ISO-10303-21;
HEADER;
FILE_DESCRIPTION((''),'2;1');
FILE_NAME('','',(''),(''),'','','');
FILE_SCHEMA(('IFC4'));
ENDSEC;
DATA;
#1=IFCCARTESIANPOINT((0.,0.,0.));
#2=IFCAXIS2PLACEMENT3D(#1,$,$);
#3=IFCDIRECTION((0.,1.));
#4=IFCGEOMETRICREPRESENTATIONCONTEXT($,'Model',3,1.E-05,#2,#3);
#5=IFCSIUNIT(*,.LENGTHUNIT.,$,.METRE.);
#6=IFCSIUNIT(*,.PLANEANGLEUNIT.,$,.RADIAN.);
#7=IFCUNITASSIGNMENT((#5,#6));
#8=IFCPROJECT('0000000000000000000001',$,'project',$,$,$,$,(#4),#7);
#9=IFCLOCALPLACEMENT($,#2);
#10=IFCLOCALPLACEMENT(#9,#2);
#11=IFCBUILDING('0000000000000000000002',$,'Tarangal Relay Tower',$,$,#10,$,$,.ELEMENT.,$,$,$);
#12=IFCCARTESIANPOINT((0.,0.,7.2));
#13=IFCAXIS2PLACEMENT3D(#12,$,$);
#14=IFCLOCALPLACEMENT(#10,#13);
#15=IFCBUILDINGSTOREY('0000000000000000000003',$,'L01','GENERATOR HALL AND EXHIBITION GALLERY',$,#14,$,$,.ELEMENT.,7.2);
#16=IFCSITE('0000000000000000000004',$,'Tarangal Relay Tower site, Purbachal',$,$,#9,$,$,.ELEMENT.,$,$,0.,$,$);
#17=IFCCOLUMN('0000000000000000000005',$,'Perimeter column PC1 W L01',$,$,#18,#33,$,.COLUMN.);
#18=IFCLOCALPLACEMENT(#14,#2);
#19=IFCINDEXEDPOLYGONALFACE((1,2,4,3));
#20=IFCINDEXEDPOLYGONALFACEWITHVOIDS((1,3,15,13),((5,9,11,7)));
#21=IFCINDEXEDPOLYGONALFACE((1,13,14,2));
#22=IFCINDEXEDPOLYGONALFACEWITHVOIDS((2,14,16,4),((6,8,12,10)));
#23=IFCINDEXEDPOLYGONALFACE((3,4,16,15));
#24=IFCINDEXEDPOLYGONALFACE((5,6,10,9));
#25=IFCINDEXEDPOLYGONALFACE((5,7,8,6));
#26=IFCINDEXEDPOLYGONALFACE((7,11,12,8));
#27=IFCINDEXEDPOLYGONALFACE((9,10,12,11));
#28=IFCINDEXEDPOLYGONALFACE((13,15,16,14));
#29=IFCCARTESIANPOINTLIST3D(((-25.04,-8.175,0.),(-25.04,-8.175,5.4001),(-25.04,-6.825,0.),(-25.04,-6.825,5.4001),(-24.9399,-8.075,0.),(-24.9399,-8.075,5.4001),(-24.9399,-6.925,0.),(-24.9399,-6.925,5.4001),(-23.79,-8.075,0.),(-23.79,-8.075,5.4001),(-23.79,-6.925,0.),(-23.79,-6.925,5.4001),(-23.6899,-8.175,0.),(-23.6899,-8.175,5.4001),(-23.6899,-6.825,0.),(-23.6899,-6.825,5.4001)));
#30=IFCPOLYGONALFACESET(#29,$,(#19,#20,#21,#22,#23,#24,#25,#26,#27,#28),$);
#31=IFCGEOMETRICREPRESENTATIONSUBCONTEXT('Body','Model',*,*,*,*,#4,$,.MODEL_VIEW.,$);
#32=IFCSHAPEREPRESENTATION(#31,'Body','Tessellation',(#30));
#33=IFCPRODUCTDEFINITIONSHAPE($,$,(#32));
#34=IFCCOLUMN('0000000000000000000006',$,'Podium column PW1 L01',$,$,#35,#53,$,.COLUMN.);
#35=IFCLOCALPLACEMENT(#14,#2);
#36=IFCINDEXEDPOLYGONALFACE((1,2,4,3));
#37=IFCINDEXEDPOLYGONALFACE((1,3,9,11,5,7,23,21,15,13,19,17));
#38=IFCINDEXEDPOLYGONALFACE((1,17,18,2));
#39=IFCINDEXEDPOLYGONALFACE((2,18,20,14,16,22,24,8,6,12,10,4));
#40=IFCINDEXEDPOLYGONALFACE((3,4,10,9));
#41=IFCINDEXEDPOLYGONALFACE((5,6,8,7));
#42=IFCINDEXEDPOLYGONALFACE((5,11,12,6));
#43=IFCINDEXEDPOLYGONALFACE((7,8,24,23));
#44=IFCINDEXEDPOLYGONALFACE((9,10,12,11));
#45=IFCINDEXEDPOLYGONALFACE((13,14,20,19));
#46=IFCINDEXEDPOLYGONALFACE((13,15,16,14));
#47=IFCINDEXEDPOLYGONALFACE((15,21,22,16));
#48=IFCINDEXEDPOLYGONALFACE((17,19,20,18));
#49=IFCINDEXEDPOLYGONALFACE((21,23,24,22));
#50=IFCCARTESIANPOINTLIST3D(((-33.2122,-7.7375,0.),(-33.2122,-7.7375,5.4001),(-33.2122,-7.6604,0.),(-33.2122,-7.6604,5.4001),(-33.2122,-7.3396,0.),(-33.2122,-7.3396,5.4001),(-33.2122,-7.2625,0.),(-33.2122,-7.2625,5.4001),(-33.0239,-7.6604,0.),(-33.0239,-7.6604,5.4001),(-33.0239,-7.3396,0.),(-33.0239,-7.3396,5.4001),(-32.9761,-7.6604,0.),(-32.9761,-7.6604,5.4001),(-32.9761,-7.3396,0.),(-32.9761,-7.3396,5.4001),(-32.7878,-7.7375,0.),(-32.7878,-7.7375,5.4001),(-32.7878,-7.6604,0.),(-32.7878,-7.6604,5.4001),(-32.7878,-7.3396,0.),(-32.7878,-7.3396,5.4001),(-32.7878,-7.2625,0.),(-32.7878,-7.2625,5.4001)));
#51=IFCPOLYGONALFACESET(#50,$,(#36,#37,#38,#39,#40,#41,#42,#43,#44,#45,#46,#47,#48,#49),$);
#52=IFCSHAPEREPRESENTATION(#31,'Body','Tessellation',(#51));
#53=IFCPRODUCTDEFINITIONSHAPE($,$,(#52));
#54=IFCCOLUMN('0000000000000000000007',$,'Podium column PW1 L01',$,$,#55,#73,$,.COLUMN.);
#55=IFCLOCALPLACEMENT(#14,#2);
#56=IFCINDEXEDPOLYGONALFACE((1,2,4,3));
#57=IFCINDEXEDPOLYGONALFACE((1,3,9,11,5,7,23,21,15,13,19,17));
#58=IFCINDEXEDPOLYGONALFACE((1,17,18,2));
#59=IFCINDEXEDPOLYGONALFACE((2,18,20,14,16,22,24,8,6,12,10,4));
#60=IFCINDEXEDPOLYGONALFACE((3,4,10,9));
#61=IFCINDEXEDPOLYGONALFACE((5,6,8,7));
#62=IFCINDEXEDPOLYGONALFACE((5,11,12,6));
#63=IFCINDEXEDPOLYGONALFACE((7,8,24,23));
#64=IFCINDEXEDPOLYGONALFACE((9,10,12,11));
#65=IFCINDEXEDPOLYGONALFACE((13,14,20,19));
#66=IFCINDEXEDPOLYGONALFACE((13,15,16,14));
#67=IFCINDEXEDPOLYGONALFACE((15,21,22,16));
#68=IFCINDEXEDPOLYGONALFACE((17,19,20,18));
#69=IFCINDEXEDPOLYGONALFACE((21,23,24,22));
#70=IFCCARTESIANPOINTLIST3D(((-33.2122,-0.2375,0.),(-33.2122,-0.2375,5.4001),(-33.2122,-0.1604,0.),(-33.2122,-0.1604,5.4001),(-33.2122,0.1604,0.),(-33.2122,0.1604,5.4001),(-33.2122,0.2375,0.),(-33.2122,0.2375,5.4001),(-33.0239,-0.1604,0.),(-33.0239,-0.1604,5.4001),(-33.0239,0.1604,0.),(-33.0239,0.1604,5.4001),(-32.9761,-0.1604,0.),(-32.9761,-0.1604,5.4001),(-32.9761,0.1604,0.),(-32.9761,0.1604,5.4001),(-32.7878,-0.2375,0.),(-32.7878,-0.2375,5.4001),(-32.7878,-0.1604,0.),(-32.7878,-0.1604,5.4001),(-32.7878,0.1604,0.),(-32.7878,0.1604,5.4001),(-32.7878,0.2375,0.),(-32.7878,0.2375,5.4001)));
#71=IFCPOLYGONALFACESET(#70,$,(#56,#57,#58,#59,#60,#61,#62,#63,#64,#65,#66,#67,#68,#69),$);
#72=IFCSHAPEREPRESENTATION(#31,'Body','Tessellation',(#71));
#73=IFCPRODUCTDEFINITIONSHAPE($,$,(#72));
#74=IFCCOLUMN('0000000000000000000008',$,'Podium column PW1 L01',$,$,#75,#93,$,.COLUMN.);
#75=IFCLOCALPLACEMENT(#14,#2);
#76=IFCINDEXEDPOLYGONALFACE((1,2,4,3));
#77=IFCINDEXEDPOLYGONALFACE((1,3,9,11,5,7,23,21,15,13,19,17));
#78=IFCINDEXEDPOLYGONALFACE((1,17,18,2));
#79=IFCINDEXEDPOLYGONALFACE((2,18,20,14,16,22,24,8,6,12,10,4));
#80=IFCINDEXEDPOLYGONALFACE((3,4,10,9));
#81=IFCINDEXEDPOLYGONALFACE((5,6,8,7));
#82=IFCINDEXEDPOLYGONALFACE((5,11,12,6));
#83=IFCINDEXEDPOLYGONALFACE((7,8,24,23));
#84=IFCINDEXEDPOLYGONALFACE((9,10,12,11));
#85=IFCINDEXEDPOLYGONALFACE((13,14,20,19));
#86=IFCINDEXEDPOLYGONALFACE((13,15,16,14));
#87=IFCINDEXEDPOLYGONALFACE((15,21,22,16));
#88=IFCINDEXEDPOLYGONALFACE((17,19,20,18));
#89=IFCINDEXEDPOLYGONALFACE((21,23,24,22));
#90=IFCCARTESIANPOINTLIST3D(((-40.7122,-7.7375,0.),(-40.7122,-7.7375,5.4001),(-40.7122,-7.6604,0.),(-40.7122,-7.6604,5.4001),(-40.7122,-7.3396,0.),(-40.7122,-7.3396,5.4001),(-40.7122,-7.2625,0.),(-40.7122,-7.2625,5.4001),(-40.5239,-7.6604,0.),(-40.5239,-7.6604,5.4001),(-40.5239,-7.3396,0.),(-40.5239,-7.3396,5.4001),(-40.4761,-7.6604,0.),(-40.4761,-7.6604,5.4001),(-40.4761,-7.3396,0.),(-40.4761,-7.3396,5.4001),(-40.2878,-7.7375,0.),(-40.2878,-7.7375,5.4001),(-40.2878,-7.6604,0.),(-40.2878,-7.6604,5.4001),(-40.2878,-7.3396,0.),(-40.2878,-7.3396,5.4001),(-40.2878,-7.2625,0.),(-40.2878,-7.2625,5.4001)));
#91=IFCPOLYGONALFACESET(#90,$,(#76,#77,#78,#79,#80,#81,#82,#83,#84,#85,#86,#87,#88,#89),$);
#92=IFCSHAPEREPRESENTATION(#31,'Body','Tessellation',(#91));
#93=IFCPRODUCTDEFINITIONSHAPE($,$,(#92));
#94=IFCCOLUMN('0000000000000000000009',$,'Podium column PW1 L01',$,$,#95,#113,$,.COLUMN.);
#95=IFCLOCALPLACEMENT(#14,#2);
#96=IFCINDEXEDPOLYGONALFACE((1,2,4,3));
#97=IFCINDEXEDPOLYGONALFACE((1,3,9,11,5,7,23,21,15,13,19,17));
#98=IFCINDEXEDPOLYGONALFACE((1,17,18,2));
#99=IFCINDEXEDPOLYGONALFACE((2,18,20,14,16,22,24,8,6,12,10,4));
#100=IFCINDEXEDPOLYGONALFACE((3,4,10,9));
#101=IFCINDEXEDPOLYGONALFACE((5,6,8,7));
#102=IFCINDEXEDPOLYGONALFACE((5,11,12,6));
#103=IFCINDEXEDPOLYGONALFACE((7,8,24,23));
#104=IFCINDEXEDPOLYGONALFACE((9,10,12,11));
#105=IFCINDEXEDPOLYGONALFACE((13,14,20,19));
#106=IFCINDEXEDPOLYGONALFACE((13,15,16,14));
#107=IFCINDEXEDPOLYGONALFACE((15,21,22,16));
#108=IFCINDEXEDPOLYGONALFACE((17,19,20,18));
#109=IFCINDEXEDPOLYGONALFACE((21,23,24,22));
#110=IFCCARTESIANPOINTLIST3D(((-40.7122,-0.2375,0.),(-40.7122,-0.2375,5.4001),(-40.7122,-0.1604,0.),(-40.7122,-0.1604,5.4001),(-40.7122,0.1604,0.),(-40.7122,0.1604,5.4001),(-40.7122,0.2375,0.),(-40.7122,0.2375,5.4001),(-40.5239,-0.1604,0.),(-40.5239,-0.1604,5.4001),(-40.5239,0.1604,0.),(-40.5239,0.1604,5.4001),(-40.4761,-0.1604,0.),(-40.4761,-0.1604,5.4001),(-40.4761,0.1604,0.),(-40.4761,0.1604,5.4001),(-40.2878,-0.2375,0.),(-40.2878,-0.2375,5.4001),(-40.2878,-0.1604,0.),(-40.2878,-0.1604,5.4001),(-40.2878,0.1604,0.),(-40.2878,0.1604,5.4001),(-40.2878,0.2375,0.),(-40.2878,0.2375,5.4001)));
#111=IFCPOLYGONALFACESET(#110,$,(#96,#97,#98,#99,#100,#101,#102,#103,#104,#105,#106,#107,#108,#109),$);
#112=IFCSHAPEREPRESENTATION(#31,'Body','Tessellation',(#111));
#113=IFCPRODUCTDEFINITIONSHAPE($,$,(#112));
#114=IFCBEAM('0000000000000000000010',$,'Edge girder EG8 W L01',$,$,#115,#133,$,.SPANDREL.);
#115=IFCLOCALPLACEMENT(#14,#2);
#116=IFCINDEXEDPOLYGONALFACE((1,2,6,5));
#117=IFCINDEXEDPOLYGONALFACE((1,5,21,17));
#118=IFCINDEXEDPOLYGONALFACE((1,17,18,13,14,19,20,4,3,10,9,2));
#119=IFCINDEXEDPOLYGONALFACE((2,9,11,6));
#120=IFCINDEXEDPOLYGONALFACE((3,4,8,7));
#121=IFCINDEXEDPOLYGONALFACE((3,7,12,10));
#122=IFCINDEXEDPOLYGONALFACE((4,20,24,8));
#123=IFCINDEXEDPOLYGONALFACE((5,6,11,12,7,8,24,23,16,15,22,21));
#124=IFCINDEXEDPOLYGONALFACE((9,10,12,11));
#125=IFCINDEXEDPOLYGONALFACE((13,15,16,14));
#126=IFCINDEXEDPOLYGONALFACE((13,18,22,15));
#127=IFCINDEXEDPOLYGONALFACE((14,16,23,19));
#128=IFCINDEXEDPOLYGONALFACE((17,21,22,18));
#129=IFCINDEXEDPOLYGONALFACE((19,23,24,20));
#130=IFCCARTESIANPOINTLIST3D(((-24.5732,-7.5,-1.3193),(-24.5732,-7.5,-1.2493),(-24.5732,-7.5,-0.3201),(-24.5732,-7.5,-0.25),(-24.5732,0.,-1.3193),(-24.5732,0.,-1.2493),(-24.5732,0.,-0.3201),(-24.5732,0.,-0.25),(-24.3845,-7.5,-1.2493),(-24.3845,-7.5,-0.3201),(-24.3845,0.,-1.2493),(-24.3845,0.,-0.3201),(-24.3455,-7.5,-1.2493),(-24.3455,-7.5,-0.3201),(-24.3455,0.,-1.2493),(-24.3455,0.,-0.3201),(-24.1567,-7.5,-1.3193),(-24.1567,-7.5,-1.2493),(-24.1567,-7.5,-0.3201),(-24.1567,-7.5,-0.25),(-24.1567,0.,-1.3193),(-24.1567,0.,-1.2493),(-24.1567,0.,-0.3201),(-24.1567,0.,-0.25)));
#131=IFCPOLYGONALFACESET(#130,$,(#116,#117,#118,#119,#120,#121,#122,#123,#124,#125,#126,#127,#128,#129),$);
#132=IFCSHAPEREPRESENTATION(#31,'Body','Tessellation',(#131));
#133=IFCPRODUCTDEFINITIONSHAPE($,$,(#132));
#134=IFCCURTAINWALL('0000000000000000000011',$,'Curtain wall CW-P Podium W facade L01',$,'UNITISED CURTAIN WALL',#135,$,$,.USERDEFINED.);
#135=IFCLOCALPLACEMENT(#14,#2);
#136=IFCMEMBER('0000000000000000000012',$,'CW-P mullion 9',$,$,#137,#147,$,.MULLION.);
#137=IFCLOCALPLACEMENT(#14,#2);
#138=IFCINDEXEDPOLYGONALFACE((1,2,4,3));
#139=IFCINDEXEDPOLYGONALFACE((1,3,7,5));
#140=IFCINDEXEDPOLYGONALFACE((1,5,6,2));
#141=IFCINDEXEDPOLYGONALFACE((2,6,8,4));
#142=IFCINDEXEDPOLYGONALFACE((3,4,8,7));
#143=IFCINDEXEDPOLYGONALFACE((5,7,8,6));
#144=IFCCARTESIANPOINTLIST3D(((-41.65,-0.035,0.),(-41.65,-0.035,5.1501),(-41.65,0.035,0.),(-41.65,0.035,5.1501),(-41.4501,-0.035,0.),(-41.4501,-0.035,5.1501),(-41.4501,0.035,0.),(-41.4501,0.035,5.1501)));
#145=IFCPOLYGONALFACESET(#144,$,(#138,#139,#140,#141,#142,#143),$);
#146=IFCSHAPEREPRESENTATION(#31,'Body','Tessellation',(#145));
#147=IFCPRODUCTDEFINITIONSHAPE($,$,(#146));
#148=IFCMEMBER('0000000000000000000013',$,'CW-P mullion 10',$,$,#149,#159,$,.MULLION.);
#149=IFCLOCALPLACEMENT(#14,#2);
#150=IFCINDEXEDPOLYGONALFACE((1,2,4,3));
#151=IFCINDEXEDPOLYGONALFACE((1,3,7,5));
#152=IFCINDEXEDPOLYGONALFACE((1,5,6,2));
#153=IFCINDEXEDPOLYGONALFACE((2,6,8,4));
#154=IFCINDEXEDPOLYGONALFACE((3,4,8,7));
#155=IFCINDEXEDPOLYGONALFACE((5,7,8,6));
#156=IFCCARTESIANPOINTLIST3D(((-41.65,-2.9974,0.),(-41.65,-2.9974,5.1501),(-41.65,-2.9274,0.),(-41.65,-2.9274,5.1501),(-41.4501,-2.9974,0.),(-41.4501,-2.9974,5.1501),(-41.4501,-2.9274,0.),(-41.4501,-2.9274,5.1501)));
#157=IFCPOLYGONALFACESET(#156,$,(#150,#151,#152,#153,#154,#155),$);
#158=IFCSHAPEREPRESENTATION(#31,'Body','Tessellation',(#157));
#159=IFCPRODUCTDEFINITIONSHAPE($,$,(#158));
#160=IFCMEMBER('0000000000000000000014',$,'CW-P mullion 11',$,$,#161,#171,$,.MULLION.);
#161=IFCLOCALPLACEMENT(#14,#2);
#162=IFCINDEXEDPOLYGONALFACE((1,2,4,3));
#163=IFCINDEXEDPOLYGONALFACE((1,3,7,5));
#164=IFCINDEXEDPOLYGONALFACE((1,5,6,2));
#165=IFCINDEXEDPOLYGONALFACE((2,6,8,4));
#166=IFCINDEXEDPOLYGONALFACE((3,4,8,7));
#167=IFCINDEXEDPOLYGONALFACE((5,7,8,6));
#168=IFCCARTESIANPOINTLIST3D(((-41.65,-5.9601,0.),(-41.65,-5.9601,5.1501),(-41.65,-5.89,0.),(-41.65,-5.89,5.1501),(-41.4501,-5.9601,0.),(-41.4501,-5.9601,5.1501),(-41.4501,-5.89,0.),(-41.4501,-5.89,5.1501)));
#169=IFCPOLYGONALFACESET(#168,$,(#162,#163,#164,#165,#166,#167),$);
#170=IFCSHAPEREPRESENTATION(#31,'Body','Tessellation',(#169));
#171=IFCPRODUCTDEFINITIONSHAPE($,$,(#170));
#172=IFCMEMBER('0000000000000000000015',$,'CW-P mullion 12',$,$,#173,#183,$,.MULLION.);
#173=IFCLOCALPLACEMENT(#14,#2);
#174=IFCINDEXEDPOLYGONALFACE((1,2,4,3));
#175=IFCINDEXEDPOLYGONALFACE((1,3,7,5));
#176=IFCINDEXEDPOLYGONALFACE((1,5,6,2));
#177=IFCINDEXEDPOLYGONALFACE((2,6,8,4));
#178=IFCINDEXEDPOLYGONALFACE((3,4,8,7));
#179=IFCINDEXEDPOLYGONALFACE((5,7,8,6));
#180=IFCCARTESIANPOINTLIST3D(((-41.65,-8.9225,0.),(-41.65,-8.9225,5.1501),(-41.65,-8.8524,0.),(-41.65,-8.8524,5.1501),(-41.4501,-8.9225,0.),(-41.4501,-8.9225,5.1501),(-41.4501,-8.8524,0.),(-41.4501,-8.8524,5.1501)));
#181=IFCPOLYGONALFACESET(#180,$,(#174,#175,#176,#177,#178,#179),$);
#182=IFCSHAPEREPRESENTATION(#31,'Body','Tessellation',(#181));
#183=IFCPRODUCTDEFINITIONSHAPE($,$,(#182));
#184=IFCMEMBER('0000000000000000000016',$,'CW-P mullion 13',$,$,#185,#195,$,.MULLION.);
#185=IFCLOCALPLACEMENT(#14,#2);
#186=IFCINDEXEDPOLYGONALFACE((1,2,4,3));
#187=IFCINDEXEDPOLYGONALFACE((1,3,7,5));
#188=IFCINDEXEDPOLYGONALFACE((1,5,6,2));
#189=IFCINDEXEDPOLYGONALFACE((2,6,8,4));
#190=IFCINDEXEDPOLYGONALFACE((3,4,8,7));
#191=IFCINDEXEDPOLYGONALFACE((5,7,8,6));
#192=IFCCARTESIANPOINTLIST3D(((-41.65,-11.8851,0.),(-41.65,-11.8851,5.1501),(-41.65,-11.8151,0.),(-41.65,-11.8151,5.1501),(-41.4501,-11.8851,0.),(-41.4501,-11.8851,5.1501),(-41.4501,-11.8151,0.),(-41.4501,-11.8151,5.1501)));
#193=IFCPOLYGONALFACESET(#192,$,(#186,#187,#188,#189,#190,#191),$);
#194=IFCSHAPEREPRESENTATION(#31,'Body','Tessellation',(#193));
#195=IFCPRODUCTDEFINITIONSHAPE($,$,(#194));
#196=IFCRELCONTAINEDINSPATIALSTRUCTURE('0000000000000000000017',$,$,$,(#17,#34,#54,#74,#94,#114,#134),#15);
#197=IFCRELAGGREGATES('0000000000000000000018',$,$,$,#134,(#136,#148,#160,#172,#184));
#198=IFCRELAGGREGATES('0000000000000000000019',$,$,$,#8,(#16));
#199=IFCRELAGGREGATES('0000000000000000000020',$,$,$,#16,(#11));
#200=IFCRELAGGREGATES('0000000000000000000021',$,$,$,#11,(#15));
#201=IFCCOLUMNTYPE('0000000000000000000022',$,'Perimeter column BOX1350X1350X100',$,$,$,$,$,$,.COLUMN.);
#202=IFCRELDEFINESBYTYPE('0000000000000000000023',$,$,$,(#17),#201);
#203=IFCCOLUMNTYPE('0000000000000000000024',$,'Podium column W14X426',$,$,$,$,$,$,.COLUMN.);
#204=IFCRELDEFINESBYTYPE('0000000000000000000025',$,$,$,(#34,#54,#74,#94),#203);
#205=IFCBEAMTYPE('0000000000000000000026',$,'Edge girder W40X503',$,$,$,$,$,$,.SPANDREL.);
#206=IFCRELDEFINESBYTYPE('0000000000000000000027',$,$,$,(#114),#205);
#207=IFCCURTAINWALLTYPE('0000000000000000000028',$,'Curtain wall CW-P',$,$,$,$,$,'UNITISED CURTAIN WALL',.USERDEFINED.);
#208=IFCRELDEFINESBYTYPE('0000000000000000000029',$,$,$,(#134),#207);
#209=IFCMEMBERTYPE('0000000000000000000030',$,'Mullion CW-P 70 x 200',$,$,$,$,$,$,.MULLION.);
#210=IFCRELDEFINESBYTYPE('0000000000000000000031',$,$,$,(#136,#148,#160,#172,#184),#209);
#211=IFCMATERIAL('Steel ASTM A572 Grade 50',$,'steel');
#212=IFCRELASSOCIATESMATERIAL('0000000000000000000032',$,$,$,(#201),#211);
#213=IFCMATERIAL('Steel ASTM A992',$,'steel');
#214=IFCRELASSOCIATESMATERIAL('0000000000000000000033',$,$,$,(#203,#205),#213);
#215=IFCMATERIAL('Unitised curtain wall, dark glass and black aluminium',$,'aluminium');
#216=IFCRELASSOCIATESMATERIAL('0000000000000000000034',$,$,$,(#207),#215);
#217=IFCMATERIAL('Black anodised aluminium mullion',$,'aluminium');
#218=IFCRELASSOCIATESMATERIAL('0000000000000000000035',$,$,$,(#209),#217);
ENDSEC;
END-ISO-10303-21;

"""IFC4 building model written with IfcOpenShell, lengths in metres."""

from ifc_helpers import new_model, si_unit, direction, frame, origin, origin_2d, place, context, subcontext, project, spatial, rectangle, hollow_rectangle, i_section, extrude, material, material_profile, profile_set, type_object, element, aggregate, save


model = new_model("IFC4")

# Units and contexts
model_context = context("Model", 3, precision=1e-05, world=origin(), true_north=direction((0.0, 1.0)))
body_context = subcontext(model_context, "Body", "Model", "MODEL_VIEW")
ifc_project = project(units=[si_unit("LENGTHUNIT", "METRE"), si_unit("PLANEANGLEUNIT", "RADIAN")], contexts=[model_context])

# Site, building, storey
site_placement = place(None, origin())
site = spatial("IfcSite", under=ifc_project, at=site_placement, Name="Tarangal Relay Tower site, Purbachal", CompositionType="ELEMENT", RefElevation=0.0)
building_placement = place(site_placement, origin())
building = spatial("IfcBuilding", under=site, at=building_placement, Name="Tarangal Relay Tower", CompositionType="ELEMENT")
storey_placement = place(building_placement, frame((0.0, 0.0, 7.2)))
storey = spatial("IfcBuildingStorey", under=building, at=storey_placement, Name="L01", Description="GENERATOR HALL AND EXHIBITION GALLERY", CompositionType="ELEMENT", Elevation=7.2)

# Columns
ifc_material_1 = material(Name="Steel ASTM A572 Grade 50", Category="steel")
ifc_material_profile_1 = material_profile(ifc_material_1, hollow_rectangle(XDim=1.3501, YDim=1.3501, WallThickness=0.1001, at=origin_2d()), Name="BOX1350X1350X100")
ifc_profile_set_1 = profile_set([ifc_material_profile_1], Name="Steel ASTM A572 Grade 50")
column_type_1 = type_object("IfcColumnType", Name="Perimeter column BOX1350X1350X100", PredefinedType="COLUMN", material=ifc_profile_set_1)
column_placement = place(storey_placement, frame((-24.365, -7.5, 0.0), z_axis=(0.0, 0.0, 1.0), x_axis=(1.0, 0.0, 0.0)))
element("IfcColumn", 1, at=column_placement, inside=storey, type_object=column_type_1, Name="Perimeter column PC1 W L01", PredefinedType="COLUMN", context=body_context, shape_type="SweptSolid", body=[
    extrude(hollow_rectangle(XDim=1.3501, YDim=1.3501, WallThickness=0.1001, at=origin_2d()), origin(), (0.0, 0.0, 1.0), 5.4001),
])
ifc_material_2 = material(Name="Steel ASTM A992", Category="steel")
ifc_material_profile_2 = material_profile(ifc_material_2, i_section(OverallWidth=0.4243, OverallDepth=0.4751, WebThickness=0.0479, FlangeThickness=0.0771, at=origin_2d()), Name="W14X426")
ifc_profile_set_2 = profile_set([ifc_material_profile_2], Name="Steel ASTM A992")
column_type_2 = type_object("IfcColumnType", Name="Podium column W14X426", PredefinedType="COLUMN", material=ifc_profile_set_2)
for number, where, z_axis, x_axis, name in (
    (2, (-33.0, -7.5, 0.0), (0.0, 0.0, 1.0), (1.0, 0.0, 0.0), "Podium column PW1 L01"),
    (3, (-33.0, 0.0, 0.0), (0.0, 0.0, 1.0), (1.0, 0.0, 0.0), "Podium column PW1 L01"),
    (4, (-40.5, -7.5, 0.0), (0.0, 0.0, 1.0), (1.0, 0.0, 0.0), "Podium column PW1 L01"),
    (5, (-40.5, 0.0, 0.0), (0.0, 0.0, 1.0), (1.0, 0.0, 0.0), "Podium column PW1 L01"),
):
    element("IfcColumn", number, at=place(storey_placement, frame(where, z_axis=z_axis, x_axis=x_axis)), inside=storey, type_object=column_type_2, Name=name, PredefinedType="COLUMN", context=body_context, shape_type="SweptSolid", body=[
        extrude(i_section(OverallWidth=0.4243, OverallDepth=0.4751, WebThickness=0.0479, FlangeThickness=0.0771, at=origin_2d()), origin(), (0.0, 0.0, 1.0), 5.4001),
    ])

# Beam
ifc_material_profile_3 = material_profile(ifc_material_2, i_section(OverallWidth=0.4165, OverallDepth=1.0693, WebThickness=0.0391, FlangeThickness=0.0701, at=origin_2d()), Name="W40X503")
ifc_profile_set_3 = profile_set([ifc_material_profile_3], Name="Steel ASTM A992")
beam_type_1 = type_object("IfcBeamType", Name="Edge girder W40X503", PredefinedType="SPANDREL", material=ifc_profile_set_3)
beam_1_placement = place(storey_placement, frame((-24.365, -7.5, -0.7847), z_axis=(0.0, 1.0, 0.0), x_axis=(-1.0, 0.0, 0.0)))
element("IfcBeam", 6, at=beam_1_placement, inside=storey, type_object=beam_type_1, Name="Edge girder EG8 W L01", PredefinedType="SPANDREL", context=body_context, shape_type="SweptSolid", body=[
    extrude(i_section(OverallWidth=0.4165, OverallDepth=1.0693, WebThickness=0.0391, FlangeThickness=0.0701, at=origin_2d()), origin(), (0.0, 0.0, 1.0), 7.5),
])

# Curtain wall, members
ifc_material_3 = material(Name="Unitised curtain wall, dark glass and black aluminium", Category="aluminium")
curtain_wall_type = type_object("IfcCurtainWallType", Name="Curtain wall CW-P", ElementType="UNITISED CURTAIN WALL", PredefinedType="USERDEFINED", material=ifc_material_3)
curtain_wall_placement = place(storey_placement, origin())
curtain_wall = element("IfcCurtainWall", 7, at=curtain_wall_placement, inside=storey, type_object=curtain_wall_type, Name="Curtain wall CW-P Podium W facade L01", ObjectType="UNITISED CURTAIN WALL", PredefinedType="USERDEFINED")
ifc_material_4 = material(Name="Black anodised aluminium mullion", Category="aluminium")
ifc_material_profile_4 = material_profile(ifc_material_4, rectangle(XDim=0.2, YDim=0.0701, at=origin_2d()), Name="CW-PM 70X200")
ifc_profile_set_4 = profile_set([ifc_material_profile_4], Name="Black anodised aluminium mullion")
member_type_1 = type_object("IfcMemberType", Name="Mullion CW-P 70 x 200", PredefinedType="MULLION", material=ifc_profile_set_4)
member_1_placement = place(storey_placement, frame((-41.55, 0.0, 0.0), z_axis=(0.0, 0.0, 1.0), x_axis=(1.0, 0.0, 0.0)))
member_1 = element("IfcMember", 8, at=member_1_placement, type_object=member_type_1, Name="CW-P mullion 9", PredefinedType="MULLION", context=body_context, shape_type="SweptSolid", body=[
    extrude(rectangle(XDim=0.2, YDim=0.0701, at=origin_2d()), origin(), (0.0, 0.0, 1.0), 5.1501),
])
member_2_placement = place(storey_placement, frame((-41.55, -2.9624, 0.0), z_axis=(0.0, 0.0, 1.0), x_axis=(1.0, 0.0, 0.0)))
member_2 = element("IfcMember", 9, at=member_2_placement, type_object=member_type_1, Name="CW-P mullion 10", PredefinedType="MULLION", context=body_context, shape_type="SweptSolid", body=[
    extrude(rectangle(XDim=0.2, YDim=0.0701, at=origin_2d()), origin(), (0.0, 0.0, 1.0), 5.1501),
])
member_3_placement = place(storey_placement, frame((-41.55, -5.925, 0.0), z_axis=(0.0, 0.0, 1.0), x_axis=(1.0, 0.0, 0.0)))
member_3 = element("IfcMember", 10, at=member_3_placement, type_object=member_type_1, Name="CW-P mullion 11", PredefinedType="MULLION", context=body_context, shape_type="SweptSolid", body=[
    extrude(rectangle(XDim=0.2, YDim=0.0701, at=origin_2d()), origin(), (0.0, 0.0, 1.0), 5.1501),
])
member_4_placement = place(storey_placement, frame((-41.55, -8.8875, 0.0), z_axis=(0.0, 0.0, 1.0), x_axis=(1.0, 0.0, 0.0)))
member_4 = element("IfcMember", 11, at=member_4_placement, type_object=member_type_1, Name="CW-P mullion 12", PredefinedType="MULLION", context=body_context, shape_type="SweptSolid", body=[
    extrude(rectangle(XDim=0.2, YDim=0.0701, at=origin_2d()), origin(), (0.0, 0.0, 1.0), 5.1501),
])
member_5_placement = place(storey_placement, frame((-41.55, -11.8501, 0.0), z_axis=(0.0, 0.0, 1.0), x_axis=(1.0, 0.0, 0.0)))
member_5 = element("IfcMember", 12, at=member_5_placement, type_object=member_type_1, Name="CW-P mullion 13", PredefinedType="MULLION", context=body_context, shape_type="SweptSolid", body=[
    extrude(rectangle(XDim=0.2, YDim=0.0701, at=origin_2d()), origin(), (0.0, 0.0, 1.0), 5.1501),
])

aggregate(curtain_wall, [member_1, member_2, member_3, member_4, member_5])

save(model, "model.ifc")
